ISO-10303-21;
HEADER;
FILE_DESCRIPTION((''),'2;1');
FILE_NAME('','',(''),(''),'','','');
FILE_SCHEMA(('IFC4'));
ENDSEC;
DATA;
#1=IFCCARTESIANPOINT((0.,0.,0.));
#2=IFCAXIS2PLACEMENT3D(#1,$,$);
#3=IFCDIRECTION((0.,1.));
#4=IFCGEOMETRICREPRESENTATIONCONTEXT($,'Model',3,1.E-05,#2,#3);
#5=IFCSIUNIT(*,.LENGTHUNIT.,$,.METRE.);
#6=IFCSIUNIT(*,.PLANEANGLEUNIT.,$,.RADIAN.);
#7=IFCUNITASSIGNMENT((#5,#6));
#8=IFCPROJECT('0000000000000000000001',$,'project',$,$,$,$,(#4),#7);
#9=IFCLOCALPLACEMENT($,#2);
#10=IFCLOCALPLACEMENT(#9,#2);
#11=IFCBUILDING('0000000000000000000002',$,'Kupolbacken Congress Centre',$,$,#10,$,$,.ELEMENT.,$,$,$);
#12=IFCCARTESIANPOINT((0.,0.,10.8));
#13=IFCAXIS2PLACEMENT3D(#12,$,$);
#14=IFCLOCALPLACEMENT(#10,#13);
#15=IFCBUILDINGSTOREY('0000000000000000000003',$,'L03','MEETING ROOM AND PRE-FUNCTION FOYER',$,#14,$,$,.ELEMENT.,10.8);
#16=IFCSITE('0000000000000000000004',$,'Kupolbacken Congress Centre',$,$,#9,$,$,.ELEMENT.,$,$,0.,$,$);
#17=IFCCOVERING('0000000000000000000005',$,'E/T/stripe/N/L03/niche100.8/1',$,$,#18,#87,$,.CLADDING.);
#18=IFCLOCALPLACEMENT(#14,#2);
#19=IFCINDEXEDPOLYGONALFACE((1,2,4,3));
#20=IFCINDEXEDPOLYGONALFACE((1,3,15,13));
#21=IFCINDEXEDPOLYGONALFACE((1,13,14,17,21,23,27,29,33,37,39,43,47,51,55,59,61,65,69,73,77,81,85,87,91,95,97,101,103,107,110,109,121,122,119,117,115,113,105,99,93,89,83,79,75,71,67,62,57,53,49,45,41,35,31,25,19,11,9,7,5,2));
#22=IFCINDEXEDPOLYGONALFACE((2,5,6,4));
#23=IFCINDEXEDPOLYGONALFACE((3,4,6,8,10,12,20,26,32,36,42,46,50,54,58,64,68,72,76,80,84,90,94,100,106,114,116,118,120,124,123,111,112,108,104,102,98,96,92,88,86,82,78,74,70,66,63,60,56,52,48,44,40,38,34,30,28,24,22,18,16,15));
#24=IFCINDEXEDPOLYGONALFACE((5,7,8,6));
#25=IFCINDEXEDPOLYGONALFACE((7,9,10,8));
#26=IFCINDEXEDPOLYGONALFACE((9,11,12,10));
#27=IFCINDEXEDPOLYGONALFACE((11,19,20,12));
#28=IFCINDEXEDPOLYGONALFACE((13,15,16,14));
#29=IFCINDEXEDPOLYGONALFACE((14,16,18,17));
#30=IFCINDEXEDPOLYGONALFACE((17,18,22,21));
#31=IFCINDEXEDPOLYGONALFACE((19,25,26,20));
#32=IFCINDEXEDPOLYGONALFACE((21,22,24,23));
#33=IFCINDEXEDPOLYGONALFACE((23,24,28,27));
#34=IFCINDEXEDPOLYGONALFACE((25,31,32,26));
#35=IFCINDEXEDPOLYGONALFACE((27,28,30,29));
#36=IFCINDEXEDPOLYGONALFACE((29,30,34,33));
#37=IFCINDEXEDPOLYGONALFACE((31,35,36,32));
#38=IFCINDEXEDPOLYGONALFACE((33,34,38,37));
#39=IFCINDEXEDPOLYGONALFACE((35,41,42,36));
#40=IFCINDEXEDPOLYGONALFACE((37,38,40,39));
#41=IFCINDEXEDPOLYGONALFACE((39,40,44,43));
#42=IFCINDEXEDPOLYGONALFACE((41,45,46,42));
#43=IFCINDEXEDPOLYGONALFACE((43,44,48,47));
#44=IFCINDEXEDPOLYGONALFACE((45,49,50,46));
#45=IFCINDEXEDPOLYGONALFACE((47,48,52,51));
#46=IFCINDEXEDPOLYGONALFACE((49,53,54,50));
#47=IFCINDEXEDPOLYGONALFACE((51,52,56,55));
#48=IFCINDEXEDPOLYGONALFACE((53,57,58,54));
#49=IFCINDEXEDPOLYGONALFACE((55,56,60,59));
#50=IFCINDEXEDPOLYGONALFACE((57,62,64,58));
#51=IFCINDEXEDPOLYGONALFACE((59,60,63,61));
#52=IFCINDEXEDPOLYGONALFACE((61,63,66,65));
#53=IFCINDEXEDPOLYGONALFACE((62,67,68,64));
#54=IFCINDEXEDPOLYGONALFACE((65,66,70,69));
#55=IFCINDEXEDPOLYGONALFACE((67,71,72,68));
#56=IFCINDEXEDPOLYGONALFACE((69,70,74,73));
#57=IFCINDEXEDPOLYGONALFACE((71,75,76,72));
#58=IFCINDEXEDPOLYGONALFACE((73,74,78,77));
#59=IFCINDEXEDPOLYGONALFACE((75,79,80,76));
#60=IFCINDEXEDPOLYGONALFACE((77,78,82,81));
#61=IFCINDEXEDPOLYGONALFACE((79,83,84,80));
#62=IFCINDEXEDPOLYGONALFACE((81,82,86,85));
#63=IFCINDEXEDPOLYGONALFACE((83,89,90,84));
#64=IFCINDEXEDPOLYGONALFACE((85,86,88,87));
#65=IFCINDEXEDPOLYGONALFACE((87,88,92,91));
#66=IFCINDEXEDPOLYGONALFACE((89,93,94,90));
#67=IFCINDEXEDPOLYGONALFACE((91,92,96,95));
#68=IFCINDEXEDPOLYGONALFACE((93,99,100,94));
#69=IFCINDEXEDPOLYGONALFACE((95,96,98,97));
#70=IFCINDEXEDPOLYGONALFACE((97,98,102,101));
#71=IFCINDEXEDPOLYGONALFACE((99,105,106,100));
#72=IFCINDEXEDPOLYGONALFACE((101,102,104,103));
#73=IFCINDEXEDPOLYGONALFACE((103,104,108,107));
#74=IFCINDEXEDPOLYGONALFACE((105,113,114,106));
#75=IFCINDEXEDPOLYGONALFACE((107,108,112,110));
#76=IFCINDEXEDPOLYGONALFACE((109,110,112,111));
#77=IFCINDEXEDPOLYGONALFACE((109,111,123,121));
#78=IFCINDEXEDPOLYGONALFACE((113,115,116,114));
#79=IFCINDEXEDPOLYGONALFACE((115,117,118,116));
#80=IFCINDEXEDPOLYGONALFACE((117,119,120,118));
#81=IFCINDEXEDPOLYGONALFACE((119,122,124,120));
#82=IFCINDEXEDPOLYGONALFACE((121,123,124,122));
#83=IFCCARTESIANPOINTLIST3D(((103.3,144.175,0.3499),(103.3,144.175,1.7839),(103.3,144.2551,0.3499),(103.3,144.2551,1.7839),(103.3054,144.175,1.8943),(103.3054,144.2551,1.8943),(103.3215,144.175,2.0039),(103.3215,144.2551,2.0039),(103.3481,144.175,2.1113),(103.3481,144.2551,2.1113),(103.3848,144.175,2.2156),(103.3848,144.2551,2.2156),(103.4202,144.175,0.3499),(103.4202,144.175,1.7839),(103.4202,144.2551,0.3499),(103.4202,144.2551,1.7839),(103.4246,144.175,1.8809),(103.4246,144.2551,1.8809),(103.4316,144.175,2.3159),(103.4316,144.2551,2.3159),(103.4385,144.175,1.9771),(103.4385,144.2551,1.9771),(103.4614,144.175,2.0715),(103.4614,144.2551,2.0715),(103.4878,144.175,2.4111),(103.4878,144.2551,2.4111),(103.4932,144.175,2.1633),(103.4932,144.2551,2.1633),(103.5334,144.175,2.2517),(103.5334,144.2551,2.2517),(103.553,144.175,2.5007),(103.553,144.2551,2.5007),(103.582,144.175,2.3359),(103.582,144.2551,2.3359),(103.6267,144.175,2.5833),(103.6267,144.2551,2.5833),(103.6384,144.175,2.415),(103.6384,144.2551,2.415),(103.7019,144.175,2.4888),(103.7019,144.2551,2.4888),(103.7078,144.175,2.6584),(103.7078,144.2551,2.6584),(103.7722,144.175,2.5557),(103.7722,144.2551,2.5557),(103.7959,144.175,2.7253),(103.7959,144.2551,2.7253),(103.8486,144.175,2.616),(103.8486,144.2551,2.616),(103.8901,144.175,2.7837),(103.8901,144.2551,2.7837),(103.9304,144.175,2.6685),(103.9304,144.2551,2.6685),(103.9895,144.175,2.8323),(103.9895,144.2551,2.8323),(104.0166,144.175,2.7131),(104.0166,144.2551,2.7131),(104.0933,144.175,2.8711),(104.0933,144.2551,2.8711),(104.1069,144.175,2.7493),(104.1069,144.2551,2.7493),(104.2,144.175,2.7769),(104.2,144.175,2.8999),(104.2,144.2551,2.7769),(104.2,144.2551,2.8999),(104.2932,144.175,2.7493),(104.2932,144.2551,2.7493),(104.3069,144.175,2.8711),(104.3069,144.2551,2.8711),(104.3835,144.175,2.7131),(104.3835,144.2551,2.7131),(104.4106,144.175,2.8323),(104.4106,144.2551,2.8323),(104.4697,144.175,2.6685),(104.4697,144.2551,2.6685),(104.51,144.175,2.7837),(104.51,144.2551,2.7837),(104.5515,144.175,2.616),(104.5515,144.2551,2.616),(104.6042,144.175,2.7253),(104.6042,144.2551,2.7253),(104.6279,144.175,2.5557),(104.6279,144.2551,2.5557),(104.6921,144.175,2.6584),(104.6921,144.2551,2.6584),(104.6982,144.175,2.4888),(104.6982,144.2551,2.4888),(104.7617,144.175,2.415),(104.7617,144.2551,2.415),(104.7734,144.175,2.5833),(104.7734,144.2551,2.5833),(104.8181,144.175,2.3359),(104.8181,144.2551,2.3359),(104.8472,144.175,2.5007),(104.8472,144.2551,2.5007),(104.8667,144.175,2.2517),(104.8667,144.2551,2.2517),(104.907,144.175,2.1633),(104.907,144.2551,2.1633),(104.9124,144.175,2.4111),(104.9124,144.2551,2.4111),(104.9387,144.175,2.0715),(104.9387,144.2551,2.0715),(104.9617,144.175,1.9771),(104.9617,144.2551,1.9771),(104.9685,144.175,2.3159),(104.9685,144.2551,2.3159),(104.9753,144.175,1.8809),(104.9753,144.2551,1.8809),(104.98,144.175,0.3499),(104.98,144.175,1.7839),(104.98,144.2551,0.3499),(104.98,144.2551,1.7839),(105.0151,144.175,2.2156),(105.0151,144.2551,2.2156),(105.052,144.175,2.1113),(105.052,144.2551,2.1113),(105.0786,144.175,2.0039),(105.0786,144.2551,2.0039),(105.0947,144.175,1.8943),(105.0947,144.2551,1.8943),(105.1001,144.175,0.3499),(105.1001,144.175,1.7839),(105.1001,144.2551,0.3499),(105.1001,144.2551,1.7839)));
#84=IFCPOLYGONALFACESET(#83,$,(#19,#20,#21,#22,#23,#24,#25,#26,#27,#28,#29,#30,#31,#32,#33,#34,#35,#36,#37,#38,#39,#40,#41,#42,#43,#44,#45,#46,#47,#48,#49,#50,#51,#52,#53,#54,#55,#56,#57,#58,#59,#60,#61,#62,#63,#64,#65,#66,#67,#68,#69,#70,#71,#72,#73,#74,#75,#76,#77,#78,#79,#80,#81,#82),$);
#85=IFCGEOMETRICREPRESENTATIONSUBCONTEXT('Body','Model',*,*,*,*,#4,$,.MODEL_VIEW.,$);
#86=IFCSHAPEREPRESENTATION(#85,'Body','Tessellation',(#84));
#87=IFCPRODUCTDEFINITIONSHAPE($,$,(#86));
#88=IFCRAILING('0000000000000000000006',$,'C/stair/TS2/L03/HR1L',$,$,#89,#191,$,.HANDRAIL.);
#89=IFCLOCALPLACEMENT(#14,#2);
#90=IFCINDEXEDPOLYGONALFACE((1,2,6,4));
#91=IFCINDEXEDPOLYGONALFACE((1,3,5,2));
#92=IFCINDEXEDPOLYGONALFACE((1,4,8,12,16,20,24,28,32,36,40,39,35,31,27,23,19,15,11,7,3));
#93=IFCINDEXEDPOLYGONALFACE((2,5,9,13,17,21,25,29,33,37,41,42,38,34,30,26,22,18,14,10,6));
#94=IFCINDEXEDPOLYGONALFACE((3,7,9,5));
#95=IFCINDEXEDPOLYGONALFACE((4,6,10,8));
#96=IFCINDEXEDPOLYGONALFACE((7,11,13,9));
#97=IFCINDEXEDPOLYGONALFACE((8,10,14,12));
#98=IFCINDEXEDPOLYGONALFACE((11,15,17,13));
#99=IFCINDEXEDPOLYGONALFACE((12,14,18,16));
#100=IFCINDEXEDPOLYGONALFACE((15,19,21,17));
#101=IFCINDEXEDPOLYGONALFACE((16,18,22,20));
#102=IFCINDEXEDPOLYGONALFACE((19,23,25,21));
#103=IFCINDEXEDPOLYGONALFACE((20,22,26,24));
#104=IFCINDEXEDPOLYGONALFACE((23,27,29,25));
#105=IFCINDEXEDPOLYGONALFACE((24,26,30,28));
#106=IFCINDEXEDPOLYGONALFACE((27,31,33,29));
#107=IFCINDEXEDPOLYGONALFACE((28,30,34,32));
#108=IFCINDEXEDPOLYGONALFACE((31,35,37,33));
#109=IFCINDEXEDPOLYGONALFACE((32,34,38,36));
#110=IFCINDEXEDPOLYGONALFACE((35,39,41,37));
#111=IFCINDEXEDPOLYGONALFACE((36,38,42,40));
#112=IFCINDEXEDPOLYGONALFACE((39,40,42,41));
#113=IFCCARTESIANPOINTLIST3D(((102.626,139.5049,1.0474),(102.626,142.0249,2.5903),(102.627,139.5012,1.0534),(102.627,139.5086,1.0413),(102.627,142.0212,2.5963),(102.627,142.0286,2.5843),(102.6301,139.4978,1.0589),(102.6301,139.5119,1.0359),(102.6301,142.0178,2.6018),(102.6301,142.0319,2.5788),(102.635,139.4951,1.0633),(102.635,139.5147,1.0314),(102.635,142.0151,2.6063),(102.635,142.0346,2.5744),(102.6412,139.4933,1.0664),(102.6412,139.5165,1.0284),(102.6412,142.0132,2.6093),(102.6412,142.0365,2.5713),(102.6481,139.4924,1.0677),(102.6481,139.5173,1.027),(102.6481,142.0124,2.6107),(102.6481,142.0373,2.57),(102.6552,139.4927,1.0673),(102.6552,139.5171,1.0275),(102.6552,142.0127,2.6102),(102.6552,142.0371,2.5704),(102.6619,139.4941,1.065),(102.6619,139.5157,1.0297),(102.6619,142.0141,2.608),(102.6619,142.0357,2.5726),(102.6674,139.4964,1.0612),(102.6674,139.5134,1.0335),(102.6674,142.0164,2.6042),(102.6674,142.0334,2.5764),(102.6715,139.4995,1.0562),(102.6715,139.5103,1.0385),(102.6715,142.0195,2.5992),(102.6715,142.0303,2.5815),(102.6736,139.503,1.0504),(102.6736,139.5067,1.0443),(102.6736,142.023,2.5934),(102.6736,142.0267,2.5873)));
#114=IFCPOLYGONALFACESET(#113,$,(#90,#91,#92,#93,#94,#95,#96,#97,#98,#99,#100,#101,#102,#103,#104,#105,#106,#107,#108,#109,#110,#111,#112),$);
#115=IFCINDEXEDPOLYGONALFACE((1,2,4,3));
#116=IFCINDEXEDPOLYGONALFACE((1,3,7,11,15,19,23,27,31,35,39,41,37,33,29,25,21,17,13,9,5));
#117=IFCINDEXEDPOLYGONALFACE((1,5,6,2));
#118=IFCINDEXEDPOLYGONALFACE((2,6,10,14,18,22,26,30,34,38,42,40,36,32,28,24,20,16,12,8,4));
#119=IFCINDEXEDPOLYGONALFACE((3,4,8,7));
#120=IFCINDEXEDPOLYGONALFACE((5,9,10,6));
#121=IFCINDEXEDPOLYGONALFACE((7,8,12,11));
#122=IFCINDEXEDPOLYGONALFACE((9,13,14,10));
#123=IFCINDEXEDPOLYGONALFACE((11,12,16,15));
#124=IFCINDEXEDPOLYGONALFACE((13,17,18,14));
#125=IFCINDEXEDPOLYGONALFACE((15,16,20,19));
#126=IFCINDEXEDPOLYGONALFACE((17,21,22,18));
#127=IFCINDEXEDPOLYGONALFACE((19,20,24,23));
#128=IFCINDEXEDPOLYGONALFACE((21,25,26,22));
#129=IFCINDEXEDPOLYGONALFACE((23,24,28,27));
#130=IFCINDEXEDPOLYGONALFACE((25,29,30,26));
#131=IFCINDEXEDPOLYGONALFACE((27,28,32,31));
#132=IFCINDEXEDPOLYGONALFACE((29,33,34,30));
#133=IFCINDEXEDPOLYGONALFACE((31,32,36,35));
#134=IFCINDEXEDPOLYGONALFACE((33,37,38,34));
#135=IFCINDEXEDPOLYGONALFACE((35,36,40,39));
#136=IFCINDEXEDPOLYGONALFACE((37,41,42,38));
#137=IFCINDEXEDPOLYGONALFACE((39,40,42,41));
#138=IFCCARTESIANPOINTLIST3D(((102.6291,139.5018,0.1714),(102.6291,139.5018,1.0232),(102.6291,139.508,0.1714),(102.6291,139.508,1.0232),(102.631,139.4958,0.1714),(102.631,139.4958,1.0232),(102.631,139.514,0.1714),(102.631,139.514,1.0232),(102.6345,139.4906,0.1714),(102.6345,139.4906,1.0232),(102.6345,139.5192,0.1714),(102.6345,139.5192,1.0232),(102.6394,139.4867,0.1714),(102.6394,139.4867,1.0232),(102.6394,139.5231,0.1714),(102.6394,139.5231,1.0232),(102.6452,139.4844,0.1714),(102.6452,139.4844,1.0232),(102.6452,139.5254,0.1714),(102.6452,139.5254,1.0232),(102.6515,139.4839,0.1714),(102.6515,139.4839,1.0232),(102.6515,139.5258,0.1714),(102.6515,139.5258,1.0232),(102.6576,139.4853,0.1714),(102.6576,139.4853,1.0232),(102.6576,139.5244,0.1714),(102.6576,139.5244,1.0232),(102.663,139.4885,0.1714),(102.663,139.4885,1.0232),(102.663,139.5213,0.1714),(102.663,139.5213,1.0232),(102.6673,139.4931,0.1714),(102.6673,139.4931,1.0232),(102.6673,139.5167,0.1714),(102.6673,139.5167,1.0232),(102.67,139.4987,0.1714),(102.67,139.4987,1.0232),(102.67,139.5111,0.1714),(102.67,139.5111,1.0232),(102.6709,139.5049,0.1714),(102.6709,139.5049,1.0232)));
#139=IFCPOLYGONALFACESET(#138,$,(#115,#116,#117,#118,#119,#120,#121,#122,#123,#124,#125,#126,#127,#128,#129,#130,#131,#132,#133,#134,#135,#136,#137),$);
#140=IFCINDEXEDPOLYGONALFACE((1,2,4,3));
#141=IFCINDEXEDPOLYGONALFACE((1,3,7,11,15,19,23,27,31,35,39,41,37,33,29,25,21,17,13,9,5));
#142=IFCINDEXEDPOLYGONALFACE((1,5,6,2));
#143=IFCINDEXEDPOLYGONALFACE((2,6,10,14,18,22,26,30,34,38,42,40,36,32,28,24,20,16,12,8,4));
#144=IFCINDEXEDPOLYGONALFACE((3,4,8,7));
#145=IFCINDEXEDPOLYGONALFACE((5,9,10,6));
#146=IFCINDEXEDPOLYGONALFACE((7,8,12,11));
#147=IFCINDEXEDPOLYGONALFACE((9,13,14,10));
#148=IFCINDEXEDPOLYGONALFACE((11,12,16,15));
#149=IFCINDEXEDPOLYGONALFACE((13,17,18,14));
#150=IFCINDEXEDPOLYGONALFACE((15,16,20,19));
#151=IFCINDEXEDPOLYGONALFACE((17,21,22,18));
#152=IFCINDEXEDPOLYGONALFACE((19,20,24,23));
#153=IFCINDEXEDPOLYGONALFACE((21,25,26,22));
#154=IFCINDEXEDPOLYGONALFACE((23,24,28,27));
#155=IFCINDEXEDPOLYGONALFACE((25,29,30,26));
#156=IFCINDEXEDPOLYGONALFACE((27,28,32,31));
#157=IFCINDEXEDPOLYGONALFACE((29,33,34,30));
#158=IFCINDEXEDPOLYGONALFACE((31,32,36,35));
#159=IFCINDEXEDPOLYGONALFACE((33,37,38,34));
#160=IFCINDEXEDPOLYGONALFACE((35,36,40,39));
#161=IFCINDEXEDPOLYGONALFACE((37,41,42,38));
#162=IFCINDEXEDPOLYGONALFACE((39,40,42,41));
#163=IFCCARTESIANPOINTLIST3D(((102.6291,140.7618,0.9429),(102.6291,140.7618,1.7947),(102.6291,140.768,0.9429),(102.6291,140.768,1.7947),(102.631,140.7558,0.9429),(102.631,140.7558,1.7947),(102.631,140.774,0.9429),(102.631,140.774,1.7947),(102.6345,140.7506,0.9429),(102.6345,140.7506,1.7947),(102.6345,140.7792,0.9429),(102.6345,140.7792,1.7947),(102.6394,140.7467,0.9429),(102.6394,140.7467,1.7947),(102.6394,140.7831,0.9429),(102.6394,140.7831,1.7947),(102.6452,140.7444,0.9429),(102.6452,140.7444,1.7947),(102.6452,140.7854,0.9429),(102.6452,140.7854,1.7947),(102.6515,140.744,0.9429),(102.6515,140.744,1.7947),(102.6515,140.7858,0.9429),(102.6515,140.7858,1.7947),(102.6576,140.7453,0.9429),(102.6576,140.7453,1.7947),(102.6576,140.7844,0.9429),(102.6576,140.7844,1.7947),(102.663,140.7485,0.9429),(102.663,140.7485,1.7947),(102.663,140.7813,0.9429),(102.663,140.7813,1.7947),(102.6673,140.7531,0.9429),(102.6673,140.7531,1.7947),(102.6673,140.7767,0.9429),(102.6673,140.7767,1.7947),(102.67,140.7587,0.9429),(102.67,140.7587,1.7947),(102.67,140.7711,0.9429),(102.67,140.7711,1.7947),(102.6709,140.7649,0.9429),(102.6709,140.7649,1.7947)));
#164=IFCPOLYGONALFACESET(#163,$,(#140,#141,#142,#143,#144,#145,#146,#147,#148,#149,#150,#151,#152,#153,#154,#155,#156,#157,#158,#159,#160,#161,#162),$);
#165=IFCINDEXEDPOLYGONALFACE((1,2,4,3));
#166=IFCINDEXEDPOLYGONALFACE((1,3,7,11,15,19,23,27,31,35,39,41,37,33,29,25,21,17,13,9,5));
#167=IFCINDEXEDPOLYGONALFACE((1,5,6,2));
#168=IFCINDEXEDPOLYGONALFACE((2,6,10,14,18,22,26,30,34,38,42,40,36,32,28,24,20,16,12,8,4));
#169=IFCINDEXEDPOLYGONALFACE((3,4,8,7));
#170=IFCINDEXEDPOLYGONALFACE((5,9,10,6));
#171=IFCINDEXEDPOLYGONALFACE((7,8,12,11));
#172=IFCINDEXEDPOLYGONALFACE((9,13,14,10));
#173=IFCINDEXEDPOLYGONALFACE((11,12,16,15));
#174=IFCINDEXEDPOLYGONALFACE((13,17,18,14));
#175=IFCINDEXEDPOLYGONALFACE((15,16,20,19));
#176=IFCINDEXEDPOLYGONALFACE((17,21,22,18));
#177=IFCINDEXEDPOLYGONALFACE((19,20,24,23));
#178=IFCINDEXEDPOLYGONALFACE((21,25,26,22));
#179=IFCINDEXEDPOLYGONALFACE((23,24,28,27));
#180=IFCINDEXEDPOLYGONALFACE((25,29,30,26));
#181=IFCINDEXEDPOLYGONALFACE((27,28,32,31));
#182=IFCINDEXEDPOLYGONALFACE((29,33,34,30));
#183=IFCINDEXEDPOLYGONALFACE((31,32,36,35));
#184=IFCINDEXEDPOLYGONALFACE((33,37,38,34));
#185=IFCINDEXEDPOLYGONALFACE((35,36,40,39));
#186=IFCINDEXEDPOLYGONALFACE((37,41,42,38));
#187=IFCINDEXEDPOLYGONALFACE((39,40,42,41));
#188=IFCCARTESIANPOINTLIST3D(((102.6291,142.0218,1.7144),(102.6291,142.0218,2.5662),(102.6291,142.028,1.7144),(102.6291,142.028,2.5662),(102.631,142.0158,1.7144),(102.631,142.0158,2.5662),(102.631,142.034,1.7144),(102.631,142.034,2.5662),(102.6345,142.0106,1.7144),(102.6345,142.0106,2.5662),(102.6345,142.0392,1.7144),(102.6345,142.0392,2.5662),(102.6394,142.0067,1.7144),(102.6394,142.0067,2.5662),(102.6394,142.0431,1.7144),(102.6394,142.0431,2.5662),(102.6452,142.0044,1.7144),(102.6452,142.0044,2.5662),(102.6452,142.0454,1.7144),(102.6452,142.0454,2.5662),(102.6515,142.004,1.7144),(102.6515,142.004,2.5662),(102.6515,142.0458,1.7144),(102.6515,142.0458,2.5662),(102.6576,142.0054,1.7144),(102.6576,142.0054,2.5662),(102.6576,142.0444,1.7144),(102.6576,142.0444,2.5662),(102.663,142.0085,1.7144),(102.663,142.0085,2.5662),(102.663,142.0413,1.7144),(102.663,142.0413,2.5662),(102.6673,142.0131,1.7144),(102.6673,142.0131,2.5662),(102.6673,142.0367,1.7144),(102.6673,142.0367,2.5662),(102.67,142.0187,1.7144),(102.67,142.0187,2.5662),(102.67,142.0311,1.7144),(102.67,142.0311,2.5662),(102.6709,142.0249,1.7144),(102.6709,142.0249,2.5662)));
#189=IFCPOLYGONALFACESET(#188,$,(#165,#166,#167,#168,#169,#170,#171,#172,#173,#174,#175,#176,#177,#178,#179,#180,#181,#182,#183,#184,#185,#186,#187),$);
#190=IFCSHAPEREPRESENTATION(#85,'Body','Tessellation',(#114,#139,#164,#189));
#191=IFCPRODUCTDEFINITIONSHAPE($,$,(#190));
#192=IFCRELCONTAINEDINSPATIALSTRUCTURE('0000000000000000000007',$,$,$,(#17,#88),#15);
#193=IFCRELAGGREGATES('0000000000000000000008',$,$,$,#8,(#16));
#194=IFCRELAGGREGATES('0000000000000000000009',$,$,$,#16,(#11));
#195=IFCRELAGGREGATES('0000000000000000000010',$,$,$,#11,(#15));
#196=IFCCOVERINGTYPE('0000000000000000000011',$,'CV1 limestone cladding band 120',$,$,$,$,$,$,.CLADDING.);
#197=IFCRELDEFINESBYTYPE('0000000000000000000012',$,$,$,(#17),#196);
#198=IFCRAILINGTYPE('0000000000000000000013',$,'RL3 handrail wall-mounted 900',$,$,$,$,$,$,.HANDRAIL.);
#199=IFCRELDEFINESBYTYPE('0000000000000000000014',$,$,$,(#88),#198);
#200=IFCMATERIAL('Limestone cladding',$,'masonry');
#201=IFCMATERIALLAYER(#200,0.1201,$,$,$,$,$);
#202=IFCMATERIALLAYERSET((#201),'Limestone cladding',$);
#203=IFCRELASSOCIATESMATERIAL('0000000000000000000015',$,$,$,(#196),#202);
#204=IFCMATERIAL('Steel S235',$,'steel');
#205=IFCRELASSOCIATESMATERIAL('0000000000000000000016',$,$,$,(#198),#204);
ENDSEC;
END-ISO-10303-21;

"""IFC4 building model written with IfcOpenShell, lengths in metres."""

from ifc_helpers import new_model, si_unit, direction, frame, origin, origin_2d, place, context, subcontext, project, spatial, polyline, circle, outline, extrude, material, layer, layer_set, type_object, element, save


model = new_model("IFC4")

# Units and contexts
model_context = context("Model", 3, precision=1e-05, world=origin(), true_north=direction((0.0, 1.0)))
body_context = subcontext(model_context, "Body", "Model", "MODEL_VIEW")
ifc_project = project(units=[si_unit("LENGTHUNIT", "METRE"), si_unit("PLANEANGLEUNIT", "RADIAN")], contexts=[model_context])

# Site, building, storey
site_placement = place(None, origin())
site = spatial("IfcSite", under=ifc_project, at=site_placement, Name="Kupolbacken Congress Centre", CompositionType="ELEMENT", RefElevation=0.0)
building_placement = place(site_placement, origin())
building = spatial("IfcBuilding", under=site, at=building_placement, Name="Kupolbacken Congress Centre", CompositionType="ELEMENT")
storey_placement = place(building_placement, frame((0.0, 0.0, 10.8)))
storey = spatial("IfcBuildingStorey", under=building, at=storey_placement, Name="L03", Description="MEETING ROOM AND PRE-FUNCTION FOYER", CompositionType="ELEMENT", Elevation=10.8)

# Covering
ifc_material_1 = material(Name="Limestone cladding", Category="masonry")
ifc_layer_1 = layer(ifc_material_1, 0.1201)
ifc_layer_set_1 = layer_set([ifc_layer_1], Name="Limestone cladding")
covering_type = type_object("IfcCoveringType", Name="CV1 limestone cladding band 120", PredefinedType="CLADDING", material=ifc_layer_set_1)
covering_1_placement = place(storey_placement, frame((103.3, 144.175, 0.3499), z_axis=(0.0, 1.0, 0.0), x_axis=(-1.0, 0.0, 0.0)))
element("IfcCovering", 1, at=covering_1_placement, inside=storey, type_object=covering_type, Name="E/T/stripe/N/L03/niche100.8/1", PredefinedType="CLADDING", context=body_context, shape_type="SweptSolid", body=[
    extrude(outline(polyline([(0.0, 0.0), (0.0, 1.4341), (-0.0054, 1.5444), (-0.0215, 1.6541), (-0.0481, 1.7615), (-0.0847, 1.8657), (-0.1316, 1.9661), (-0.1877, 2.0613), (-0.2529, 2.1509), (-0.3267, 2.2334), (-0.4077, 2.3086), (-0.4958, 2.3755), (-0.5901, 2.4338), (-0.6895, 2.4824), (-0.7932, 2.5212), (-0.8999, 2.55), (-1.0068, 2.5212), (-1.1106, 2.4824), (-1.21, 2.4338), (-1.3042, 2.3755), (-1.3921, 2.3086), (-1.4734, 2.2334), (-1.5471, 2.1509), (-1.6123, 2.0613), (-1.6685, 1.9661), (-1.7151, 1.8657), (-1.752, 1.7615), (-1.7786, 1.6541), (-1.7947, 1.5444), (-1.8, 1.4341), (-1.8, 0.0), (-1.6799, 0.0), (-1.6799, 1.4341), (-1.6753, 1.531), (-1.6616, 1.6272), (-1.6387, 1.7217), (-1.6069, 1.8135), (-1.5667, 1.9019), (-1.5181, 1.9861), (-1.4617, 2.0652), (-1.3982, 2.1389), (-1.3279, 2.2058), (-1.2515, 2.2661), (-1.1697, 2.3186), (-1.0835, 2.3633), (-0.9932, 2.3994), (-0.8999, 2.427), (-0.8069, 2.3994), (-0.7166, 2.3633), (-0.6304, 2.3186), (-0.5486, 2.2661), (-0.4722, 2.2058), (-0.4019, 2.1389), (-0.3384, 2.0652), (-0.282, 1.9861), (-0.2334, 1.9019), (-0.1931, 1.8135), (-0.1614, 1.7217), (-0.1384, 1.6272), (-0.1245, 1.531), (-0.1201, 1.4341), (-0.1201, 0.0), (0.0, 0.0)])), origin(), (0.0, 0.0, 1.0), 0.0801),
])

# Railing
ifc_material_2 = material(Name="Steel S235", Category="steel")
railing_type = type_object("IfcRailingType", Name="RL3 handrail wall-mounted 900", PredefinedType="HANDRAIL", material=ifc_material_2)
for number, where, name in (
    (2, (102.6499, 139.5049, 0.1714), "C/stair/TS2/L03/HR1L"),
):
    element("IfcRailing", number, at=place(storey_placement, frame(where)), inside=storey, type_object=railing_type, Name=name, PredefinedType="HANDRAIL", context=body_context, shape_type="SweptSolid", body=[
        extrude(circle(Radius=0.0239, at=origin_2d()), frame((0.0, 0.0, 0.876), z_axis=(0.0, 0.852836, 0.522178), x_axis=(-1.0, 0.0, 0.0)), (0.0, 0.0, 1.0), 2.9548),
        extrude(circle(Radius=0.021, at=origin_2d()), origin(), (0.0, 0.0, 1.0), 0.8518),
        extrude(circle(Radius=0.021, at=origin_2d()), frame((0.0, 1.26, 0.7715)), (0.0, 0.0, 1.0), 0.8518),
        extrude(circle(Radius=0.021, at=origin_2d()), frame((0.0, 2.52, 1.543)), (0.0, 0.0, 1.0), 0.8518),
    ])

save(model, "model.ifc")
